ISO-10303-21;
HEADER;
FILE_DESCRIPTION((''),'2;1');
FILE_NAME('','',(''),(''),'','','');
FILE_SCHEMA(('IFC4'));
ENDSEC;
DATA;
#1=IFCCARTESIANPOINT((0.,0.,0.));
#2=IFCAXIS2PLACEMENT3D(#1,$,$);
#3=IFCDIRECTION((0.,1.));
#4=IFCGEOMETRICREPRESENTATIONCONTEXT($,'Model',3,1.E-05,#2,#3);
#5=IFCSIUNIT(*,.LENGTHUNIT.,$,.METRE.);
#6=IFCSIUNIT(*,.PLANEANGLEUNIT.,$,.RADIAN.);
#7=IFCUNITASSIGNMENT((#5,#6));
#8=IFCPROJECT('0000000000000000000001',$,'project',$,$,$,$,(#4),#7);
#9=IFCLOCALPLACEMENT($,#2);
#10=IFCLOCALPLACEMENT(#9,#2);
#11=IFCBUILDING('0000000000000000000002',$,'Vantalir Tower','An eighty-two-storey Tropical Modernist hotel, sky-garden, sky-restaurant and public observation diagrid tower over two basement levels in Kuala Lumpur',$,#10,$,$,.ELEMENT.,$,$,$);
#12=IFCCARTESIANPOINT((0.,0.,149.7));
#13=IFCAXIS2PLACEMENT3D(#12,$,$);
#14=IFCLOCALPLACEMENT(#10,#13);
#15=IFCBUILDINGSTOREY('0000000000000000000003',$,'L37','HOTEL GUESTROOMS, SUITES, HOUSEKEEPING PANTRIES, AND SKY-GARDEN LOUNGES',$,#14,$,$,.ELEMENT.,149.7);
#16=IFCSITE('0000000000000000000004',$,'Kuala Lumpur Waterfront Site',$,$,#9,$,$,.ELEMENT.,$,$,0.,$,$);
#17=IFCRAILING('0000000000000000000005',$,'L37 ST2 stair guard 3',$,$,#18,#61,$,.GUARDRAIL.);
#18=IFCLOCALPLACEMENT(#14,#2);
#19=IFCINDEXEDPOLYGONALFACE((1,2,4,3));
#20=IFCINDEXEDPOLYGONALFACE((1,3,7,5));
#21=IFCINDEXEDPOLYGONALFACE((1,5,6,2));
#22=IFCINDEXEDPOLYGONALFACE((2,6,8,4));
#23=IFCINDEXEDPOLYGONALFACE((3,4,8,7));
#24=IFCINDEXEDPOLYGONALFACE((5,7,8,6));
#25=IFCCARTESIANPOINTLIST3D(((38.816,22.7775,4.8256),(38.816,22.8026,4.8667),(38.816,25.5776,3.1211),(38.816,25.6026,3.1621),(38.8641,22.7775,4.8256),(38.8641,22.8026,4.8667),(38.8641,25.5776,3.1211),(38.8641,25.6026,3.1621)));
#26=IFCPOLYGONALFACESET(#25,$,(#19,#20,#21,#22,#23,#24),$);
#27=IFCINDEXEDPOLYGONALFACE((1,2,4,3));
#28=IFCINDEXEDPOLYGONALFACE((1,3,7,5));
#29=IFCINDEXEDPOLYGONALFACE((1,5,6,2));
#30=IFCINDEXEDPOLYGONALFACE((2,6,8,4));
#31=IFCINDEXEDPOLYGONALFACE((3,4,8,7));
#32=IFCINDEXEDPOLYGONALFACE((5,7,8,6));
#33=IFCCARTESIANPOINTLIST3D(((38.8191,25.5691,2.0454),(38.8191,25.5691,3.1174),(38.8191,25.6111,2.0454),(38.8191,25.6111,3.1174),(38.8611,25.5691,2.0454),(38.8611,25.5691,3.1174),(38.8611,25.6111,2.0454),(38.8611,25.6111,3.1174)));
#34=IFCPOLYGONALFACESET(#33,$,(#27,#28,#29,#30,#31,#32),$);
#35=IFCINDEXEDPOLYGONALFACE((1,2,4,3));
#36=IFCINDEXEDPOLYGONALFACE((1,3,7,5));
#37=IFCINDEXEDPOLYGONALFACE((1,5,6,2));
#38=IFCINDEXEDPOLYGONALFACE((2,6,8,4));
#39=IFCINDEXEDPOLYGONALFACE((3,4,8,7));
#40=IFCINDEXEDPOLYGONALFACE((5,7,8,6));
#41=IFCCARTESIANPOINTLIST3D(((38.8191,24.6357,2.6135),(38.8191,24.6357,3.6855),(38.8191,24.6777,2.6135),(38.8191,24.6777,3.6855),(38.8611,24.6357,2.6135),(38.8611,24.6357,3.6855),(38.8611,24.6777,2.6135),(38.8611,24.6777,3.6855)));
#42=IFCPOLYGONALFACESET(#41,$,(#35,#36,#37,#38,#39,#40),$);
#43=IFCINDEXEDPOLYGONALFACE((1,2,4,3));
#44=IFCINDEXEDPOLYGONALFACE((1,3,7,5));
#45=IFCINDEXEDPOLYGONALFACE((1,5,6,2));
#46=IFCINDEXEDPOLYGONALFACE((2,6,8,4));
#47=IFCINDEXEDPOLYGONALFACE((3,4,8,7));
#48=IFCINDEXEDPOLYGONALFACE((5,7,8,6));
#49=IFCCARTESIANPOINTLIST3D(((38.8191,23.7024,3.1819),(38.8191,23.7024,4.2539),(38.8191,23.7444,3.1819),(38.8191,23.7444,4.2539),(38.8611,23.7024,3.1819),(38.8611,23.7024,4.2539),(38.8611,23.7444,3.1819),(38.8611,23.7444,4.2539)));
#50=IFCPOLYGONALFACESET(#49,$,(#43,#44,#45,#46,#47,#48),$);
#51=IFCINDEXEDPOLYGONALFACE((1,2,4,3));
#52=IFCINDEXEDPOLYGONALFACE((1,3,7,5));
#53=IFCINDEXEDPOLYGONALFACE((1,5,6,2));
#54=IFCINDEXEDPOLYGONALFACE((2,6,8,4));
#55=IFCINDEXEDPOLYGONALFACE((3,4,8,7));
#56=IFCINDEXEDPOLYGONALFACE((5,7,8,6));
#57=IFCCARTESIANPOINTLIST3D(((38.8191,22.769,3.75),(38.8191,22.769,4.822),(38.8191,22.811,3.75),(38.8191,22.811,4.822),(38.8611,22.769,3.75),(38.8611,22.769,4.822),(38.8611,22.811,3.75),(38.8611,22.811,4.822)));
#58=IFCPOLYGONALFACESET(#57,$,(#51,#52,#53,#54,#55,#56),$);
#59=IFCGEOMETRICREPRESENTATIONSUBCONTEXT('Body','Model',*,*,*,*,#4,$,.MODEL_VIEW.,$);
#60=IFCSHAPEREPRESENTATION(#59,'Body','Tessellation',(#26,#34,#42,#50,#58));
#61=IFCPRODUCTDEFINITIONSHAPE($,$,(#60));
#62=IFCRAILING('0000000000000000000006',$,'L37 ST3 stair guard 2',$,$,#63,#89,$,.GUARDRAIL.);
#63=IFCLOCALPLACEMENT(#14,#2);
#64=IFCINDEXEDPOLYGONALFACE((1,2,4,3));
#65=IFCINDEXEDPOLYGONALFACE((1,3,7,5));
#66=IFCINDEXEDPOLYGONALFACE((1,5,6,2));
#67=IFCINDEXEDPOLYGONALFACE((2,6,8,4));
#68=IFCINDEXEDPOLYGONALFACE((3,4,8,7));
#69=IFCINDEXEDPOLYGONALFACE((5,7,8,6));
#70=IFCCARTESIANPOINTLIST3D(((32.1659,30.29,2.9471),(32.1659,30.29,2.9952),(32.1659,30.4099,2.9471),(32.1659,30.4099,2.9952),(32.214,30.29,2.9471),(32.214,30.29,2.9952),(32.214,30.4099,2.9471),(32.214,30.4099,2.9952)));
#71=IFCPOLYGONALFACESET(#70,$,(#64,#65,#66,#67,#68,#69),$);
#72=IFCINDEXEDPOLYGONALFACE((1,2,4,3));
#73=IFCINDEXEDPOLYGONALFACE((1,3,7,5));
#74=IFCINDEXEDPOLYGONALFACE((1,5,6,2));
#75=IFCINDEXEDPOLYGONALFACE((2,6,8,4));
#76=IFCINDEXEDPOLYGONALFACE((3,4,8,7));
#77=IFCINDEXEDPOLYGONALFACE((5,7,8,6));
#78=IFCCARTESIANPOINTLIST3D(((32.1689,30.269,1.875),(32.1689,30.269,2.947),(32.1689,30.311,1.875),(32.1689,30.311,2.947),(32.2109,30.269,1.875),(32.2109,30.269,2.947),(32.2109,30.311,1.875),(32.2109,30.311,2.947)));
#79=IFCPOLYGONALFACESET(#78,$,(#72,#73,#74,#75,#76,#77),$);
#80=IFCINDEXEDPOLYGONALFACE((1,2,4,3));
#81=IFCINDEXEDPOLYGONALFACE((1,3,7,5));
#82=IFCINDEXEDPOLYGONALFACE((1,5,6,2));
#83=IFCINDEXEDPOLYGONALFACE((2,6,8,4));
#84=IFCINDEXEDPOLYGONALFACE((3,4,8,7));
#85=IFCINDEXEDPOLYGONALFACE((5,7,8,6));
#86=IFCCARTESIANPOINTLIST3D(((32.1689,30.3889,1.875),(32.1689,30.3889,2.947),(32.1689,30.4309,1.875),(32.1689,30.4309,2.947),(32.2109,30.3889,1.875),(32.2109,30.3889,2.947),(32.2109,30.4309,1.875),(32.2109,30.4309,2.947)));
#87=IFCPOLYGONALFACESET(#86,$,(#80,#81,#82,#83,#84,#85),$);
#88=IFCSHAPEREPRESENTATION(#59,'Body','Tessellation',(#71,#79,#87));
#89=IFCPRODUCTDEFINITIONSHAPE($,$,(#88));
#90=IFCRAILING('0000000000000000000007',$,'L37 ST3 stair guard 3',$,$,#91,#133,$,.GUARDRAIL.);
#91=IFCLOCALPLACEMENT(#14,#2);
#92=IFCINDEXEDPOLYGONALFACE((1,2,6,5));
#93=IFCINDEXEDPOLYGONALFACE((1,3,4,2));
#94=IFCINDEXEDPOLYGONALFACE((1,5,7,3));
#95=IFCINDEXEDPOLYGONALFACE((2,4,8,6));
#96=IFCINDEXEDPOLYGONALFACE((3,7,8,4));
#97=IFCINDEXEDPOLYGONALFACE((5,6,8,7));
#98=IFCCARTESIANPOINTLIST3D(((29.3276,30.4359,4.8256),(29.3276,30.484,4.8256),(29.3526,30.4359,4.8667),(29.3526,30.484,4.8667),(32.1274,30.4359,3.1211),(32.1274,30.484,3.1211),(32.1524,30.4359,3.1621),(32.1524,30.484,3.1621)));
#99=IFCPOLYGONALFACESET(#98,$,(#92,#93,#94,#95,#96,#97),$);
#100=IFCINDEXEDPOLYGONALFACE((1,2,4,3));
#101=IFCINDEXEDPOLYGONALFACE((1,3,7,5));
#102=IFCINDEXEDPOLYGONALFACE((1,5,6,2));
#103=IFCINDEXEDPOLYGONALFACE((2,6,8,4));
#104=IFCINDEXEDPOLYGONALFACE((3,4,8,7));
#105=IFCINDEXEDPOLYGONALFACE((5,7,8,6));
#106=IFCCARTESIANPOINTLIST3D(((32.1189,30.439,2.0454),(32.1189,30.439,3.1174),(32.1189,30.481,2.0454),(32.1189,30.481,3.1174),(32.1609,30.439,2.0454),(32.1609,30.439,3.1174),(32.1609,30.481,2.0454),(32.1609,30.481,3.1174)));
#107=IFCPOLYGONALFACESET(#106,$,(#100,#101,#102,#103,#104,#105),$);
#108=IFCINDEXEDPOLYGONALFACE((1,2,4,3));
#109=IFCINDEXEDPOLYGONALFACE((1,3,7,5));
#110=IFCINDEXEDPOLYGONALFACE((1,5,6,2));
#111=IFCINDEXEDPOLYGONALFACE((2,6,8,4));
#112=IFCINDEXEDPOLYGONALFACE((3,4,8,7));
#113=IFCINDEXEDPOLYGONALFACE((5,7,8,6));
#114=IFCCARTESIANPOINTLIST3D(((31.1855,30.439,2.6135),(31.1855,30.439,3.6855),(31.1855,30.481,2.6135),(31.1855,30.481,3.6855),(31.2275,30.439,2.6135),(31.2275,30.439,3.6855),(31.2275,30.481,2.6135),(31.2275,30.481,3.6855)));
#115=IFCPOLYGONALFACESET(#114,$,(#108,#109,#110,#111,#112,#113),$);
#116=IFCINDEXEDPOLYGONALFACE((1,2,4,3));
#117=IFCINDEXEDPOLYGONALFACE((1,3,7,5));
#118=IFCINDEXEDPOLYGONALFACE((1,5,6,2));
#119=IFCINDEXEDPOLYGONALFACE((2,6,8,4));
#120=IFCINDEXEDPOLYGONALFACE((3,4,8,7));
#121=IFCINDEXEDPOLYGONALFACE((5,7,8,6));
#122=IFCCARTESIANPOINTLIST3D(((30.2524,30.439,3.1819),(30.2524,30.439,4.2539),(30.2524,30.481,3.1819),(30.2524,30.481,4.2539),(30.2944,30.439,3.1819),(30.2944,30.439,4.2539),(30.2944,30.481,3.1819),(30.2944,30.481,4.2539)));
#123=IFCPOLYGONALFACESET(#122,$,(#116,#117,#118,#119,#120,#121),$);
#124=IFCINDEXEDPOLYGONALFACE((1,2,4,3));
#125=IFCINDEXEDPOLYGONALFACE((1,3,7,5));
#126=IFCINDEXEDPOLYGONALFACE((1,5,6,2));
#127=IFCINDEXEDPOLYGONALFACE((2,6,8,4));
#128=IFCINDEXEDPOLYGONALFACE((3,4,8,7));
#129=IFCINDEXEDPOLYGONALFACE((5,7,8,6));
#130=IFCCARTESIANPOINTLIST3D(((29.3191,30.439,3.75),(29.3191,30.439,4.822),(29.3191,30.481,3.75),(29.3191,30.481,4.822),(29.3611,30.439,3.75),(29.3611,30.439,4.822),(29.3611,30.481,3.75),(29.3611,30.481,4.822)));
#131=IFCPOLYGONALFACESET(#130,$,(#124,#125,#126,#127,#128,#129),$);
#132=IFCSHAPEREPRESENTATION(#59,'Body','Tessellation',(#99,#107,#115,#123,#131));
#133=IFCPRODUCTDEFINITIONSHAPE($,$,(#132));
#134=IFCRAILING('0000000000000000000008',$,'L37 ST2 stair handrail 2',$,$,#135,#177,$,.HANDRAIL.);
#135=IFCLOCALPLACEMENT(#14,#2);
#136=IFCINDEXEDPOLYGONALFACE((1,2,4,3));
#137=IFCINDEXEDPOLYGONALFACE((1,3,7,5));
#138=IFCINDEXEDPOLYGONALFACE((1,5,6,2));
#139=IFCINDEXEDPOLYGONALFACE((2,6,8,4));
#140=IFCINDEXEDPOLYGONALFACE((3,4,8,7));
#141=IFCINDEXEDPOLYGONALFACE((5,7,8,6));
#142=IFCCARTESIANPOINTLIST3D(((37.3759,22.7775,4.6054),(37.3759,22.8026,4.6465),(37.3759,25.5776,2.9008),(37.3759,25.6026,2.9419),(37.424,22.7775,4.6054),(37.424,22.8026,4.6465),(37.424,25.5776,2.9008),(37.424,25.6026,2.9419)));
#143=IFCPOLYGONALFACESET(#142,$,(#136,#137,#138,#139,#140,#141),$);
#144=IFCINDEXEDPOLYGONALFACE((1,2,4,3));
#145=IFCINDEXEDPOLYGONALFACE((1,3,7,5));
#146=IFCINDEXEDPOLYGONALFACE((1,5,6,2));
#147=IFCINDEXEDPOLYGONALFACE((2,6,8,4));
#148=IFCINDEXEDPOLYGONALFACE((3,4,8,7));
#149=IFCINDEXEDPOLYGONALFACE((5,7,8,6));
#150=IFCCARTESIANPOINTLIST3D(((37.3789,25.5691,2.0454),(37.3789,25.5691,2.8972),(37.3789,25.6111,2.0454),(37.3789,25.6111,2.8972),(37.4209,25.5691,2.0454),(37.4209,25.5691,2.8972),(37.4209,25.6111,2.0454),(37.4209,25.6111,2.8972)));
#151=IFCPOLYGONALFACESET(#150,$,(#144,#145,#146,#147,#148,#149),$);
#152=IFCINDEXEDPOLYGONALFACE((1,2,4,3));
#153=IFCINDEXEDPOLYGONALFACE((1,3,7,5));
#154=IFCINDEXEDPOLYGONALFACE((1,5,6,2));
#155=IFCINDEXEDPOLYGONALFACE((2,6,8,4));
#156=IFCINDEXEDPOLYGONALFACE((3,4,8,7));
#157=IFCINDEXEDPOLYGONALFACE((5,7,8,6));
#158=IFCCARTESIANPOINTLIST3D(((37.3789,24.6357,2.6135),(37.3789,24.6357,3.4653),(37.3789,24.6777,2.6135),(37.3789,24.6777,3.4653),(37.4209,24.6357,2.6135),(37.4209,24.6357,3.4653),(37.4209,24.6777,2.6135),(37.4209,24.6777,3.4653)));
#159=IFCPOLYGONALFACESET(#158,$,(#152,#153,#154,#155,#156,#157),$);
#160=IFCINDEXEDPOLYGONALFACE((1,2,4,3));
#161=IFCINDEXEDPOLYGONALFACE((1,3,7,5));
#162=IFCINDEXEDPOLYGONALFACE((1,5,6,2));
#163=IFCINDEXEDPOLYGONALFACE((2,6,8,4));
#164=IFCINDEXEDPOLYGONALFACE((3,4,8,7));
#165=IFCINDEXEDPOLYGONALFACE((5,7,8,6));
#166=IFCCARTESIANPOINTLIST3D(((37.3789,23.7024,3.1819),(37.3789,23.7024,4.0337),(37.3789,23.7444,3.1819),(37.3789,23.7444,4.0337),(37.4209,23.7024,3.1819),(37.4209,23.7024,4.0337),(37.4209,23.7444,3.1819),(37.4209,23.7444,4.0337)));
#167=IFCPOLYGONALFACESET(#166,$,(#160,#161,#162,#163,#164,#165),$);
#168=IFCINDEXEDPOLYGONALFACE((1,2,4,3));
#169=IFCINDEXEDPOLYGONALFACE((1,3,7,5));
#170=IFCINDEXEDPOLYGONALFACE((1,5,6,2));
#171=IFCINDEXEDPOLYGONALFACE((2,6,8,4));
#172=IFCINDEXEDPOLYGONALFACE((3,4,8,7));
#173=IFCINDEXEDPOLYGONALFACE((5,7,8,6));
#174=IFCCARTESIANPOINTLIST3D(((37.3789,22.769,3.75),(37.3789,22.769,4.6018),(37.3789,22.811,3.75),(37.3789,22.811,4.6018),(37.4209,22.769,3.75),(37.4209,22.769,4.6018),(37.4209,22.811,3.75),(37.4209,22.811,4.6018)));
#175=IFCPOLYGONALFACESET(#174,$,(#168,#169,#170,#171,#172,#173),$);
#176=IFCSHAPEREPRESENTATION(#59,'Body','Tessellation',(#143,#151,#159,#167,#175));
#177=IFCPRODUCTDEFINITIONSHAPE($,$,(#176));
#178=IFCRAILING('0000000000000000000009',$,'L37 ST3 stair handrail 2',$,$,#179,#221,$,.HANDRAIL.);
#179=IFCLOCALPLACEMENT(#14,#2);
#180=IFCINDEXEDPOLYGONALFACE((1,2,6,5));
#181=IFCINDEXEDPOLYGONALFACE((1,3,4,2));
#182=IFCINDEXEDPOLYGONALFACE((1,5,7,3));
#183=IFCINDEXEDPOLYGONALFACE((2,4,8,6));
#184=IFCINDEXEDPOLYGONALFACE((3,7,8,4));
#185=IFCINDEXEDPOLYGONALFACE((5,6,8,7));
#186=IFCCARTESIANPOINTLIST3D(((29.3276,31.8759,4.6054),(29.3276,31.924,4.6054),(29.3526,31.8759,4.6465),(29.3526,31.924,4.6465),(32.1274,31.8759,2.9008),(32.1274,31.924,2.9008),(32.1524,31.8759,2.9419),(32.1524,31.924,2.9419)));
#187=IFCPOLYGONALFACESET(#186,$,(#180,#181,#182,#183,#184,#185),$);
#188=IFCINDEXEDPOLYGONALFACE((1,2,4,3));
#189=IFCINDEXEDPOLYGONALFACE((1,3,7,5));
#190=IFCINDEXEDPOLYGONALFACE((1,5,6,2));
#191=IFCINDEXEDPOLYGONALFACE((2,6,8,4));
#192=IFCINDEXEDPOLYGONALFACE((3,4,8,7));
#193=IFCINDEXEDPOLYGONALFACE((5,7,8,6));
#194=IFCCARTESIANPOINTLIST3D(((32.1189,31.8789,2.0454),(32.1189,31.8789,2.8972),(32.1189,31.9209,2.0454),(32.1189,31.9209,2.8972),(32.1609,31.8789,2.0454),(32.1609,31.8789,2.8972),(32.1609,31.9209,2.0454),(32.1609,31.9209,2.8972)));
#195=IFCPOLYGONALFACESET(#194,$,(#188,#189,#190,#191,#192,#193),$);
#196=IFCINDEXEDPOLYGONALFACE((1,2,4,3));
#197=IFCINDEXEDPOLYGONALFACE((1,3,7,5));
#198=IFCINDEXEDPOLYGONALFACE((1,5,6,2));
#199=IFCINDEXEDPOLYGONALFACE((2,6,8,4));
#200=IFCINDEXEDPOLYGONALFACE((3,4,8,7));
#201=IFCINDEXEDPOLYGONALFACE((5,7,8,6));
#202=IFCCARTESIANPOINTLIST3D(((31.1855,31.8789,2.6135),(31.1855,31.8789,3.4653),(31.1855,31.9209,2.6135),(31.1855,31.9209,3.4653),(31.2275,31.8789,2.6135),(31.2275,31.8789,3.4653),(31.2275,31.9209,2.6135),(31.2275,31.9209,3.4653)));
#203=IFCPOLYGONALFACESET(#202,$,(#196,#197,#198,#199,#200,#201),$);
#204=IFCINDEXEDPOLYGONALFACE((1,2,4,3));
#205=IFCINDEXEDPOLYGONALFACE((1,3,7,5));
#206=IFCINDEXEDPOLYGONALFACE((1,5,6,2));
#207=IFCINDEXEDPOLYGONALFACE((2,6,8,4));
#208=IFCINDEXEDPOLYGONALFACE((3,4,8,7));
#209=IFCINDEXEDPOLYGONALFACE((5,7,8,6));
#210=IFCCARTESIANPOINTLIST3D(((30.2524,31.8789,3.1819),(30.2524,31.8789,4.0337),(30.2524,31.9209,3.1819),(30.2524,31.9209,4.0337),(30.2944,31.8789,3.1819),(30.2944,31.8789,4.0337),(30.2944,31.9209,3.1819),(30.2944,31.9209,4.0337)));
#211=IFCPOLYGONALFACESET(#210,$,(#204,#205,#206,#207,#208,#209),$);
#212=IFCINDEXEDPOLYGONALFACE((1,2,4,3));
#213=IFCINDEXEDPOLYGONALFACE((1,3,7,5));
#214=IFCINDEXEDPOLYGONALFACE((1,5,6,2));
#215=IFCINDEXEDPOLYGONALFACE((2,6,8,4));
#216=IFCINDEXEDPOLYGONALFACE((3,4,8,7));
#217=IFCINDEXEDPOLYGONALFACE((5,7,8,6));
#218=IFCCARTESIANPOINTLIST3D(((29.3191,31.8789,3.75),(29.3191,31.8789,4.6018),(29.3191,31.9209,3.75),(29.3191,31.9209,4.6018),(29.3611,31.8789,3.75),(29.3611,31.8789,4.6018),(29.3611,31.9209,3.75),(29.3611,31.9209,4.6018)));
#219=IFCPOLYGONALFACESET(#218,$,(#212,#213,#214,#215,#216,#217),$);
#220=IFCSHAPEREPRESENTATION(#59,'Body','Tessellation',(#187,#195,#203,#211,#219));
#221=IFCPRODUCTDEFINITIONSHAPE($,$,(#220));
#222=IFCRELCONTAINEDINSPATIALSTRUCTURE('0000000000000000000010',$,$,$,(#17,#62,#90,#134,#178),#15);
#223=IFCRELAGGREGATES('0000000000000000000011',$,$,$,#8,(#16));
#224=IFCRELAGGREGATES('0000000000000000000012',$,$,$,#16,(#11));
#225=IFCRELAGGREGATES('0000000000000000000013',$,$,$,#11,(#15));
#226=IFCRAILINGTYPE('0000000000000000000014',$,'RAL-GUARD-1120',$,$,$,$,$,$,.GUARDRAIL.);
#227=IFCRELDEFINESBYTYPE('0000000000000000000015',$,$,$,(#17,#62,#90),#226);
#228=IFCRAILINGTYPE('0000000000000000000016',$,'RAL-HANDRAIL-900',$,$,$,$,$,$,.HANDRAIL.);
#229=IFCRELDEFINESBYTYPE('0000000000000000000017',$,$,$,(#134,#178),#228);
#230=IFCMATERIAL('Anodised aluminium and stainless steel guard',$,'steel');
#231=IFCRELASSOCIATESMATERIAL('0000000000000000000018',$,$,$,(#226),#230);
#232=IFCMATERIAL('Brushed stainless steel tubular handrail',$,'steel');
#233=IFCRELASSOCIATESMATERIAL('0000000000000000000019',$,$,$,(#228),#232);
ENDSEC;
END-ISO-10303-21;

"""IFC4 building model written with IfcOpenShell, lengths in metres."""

from ifc_helpers import new_model, si_unit, direction, frame, origin, origin_2d, place, context, subcontext, project, spatial, rectangle, extrude, material, type_object, element, save


model = new_model("IFC4")

# Units and contexts
model_context = context("Model", 3, precision=1e-05, world=origin(), true_north=direction((0.0, 1.0)))
body_context = subcontext(model_context, "Body", "Model", "MODEL_VIEW")
ifc_project = project(units=[si_unit("LENGTHUNIT", "METRE"), si_unit("PLANEANGLEUNIT", "RADIAN")], contexts=[model_context])

# Site, building, storey
site_placement = place(None, origin())
site = spatial("IfcSite", under=ifc_project, at=site_placement, Name="Kuala Lumpur Waterfront Site", CompositionType="ELEMENT", RefElevation=0.0)
building_placement = place(site_placement, origin())
building = spatial("IfcBuilding", under=site, at=building_placement, Name="Vantalir Tower", Description="An eighty-two-storey Tropical Modernist hotel, sky-garden, sky-restaurant and public observation diagrid tower over two basement levels in Kuala Lumpur", CompositionType="ELEMENT")
storey_placement = place(building_placement, frame((0.0, 0.0, 149.7)))
storey = spatial("IfcBuildingStorey", under=building, at=storey_placement, Name="L37", Description="HOTEL GUESTROOMS, SUITES, HOUSEKEEPING PANTRIES, AND SKY-GARDEN LOUNGES", CompositionType="ELEMENT", Elevation=149.7)

# Railings
ifc_material_1 = material(Name="Anodised aluminium and stainless steel guard", Category="steel")
railing_type_1 = type_object("IfcRailingType", Name="RAL-GUARD-1120", PredefinedType="GUARDRAIL", material=ifc_material_1)
railing_1_placement = place(storey_placement, frame((38.8401, 25.5901, 2.0454)))
element("IfcRailing", 1, at=railing_1_placement, inside=storey, type_object=railing_type_1, Name="L37 ST2 stair guard 3", PredefinedType="GUARDRAIL", context=body_context, shape_type="SweptSolid", body=[
    extrude(rectangle(XDim=0.0481, YDim=0.0481, at=origin_2d()), frame((0.0, 0.0, 1.0962), z_axis=(0.0, -0.85417, 0.519994), x_axis=(1.0, 0.0, 0.0)), (0.0, 0.0, 1.0), 3.2781),
    extrude(rectangle(XDim=0.042, YDim=0.042, at=origin_2d()), origin(), (0.0, 0.0, 1.0), 1.072),
    extrude(rectangle(XDim=0.042, YDim=0.042, at=origin_2d()), frame((0.0, -0.9333, 0.5681)), (0.0, 0.0, 1.0), 1.072),
    extrude(rectangle(XDim=0.042, YDim=0.042, at=origin_2d()), frame((0.0, -1.8667, 1.1365)), (0.0, 0.0, 1.0), 1.072),
    extrude(rectangle(XDim=0.042, YDim=0.042, at=origin_2d()), frame((0.0, -2.8, 1.7046)), (0.0, 0.0, 1.0), 1.072),
])
railing_2_placement = place(storey_placement, frame((32.1899, 30.29, 1.875)))
element("IfcRailing", 2, at=railing_2_placement, inside=storey, type_object=railing_type_1, Name="L37 ST3 stair guard 2", PredefinedType="GUARDRAIL", context=body_context, shape_type="SweptSolid", body=[
    extrude(rectangle(XDim=0.0481, YDim=0.0481, at=origin_2d()), frame((0.0, 0.0, 1.0962), z_axis=(0.0, 1.0, 0.0), x_axis=(-1.0, 0.0, 0.0)), (0.0, 0.0, 1.0), 0.1199),
    extrude(rectangle(XDim=0.042, YDim=0.042, at=origin_2d()), origin(), (0.0, 0.0, 1.0), 1.072),
    extrude(rectangle(XDim=0.042, YDim=0.042, at=origin_2d()), frame((0.0, 0.1199, 0.0)), (0.0, 0.0, 1.0), 1.072),
])
railing_3_placement = place(storey_placement, frame((32.1399, 30.46, 2.0454)))
element("IfcRailing", 3, at=railing_3_placement, inside=storey, type_object=railing_type_1, Name="L37 ST3 stair guard 3", PredefinedType="GUARDRAIL", context=body_context, shape_type="SweptSolid", body=[
    extrude(rectangle(XDim=0.0481, YDim=0.0481, at=origin_2d()), frame((0.0, 0.0, 1.0962), z_axis=(-0.85415, 0.0, 0.520027), x_axis=(0.0, -1.0, 0.0)), (0.0, 0.0, 1.0), 3.2778),
    extrude(rectangle(XDim=0.042, YDim=0.042, at=origin_2d()), origin(), (0.0, 0.0, 1.0), 1.072),
    extrude(rectangle(XDim=0.042, YDim=0.042, at=origin_2d()), frame((-0.9333, 0.0, 0.5681)), (0.0, 0.0, 1.0), 1.072),
    extrude(rectangle(XDim=0.042, YDim=0.042, at=origin_2d()), frame((-1.8665, 0.0, 1.1365)), (0.0, 0.0, 1.0), 1.072),
    extrude(rectangle(XDim=0.042, YDim=0.042, at=origin_2d()), frame((-2.7998, 0.0, 1.7046)), (0.0, 0.0, 1.0), 1.072),
])
ifc_material_2 = material(Name="Brushed stainless steel tubular handrail", Category="steel")
railing_type_2 = type_object("IfcRailingType", Name="RAL-HANDRAIL-900", PredefinedType="HANDRAIL", material=ifc_material_2)
railing_4_placement = place(storey_placement, frame((37.3999, 25.5901, 2.0454)))
element("IfcRailing", 4, at=railing_4_placement, inside=storey, type_object=railing_type_2, Name="L37 ST2 stair handrail 2", PredefinedType="HANDRAIL", context=body_context, shape_type="SweptSolid", body=[
    extrude(rectangle(XDim=0.0481, YDim=0.0481, at=origin_2d()), frame((0.0, 0.0, 0.876), z_axis=(0.0, -0.85417, 0.519994), x_axis=(1.0, 0.0, 0.0)), (0.0, 0.0, 1.0), 3.2781),
    extrude(rectangle(XDim=0.042, YDim=0.042, at=origin_2d()), origin(), (0.0, 0.0, 1.0), 0.8518),
    extrude(rectangle(XDim=0.042, YDim=0.042, at=origin_2d()), frame((0.0, -0.9333, 0.5681)), (0.0, 0.0, 1.0), 0.8518),
    extrude(rectangle(XDim=0.042, YDim=0.042, at=origin_2d()), frame((0.0, -1.8667, 1.1365)), (0.0, 0.0, 1.0), 0.8518),
    extrude(rectangle(XDim=0.042, YDim=0.042, at=origin_2d()), frame((0.0, -2.8, 1.7046)), (0.0, 0.0, 1.0), 0.8518),
])
railing_5_placement = place(storey_placement, frame((32.1399, 31.8999, 2.0454)))
element("IfcRailing", 5, at=railing_5_placement, inside=storey, type_object=railing_type_2, Name="L37 ST3 stair handrail 2", PredefinedType="HANDRAIL", context=body_context, shape_type="SweptSolid", body=[
    extrude(rectangle(XDim=0.0481, YDim=0.0481, at=origin_2d()), frame((0.0, 0.0, 0.876), z_axis=(-0.85415, 0.0, 0.520027), x_axis=(0.0, -1.0, 0.0)), (0.0, 0.0, 1.0), 3.2778),
    extrude(rectangle(XDim=0.042, YDim=0.042, at=origin_2d()), origin(), (0.0, 0.0, 1.0), 0.8518),
    extrude(rectangle(XDim=0.042, YDim=0.042, at=origin_2d()), frame((-0.9333, 0.0, 0.5681)), (0.0, 0.0, 1.0), 0.8518),
    extrude(rectangle(XDim=0.042, YDim=0.042, at=origin_2d()), frame((-1.8665, 0.0, 1.1365)), (0.0, 0.0, 1.0), 0.8518),
    extrude(rectangle(XDim=0.042, YDim=0.042, at=origin_2d()), frame((-2.7998, 0.0, 1.7046)), (0.0, 0.0, 1.0), 0.8518),
])

save(model, "model.ifc")
